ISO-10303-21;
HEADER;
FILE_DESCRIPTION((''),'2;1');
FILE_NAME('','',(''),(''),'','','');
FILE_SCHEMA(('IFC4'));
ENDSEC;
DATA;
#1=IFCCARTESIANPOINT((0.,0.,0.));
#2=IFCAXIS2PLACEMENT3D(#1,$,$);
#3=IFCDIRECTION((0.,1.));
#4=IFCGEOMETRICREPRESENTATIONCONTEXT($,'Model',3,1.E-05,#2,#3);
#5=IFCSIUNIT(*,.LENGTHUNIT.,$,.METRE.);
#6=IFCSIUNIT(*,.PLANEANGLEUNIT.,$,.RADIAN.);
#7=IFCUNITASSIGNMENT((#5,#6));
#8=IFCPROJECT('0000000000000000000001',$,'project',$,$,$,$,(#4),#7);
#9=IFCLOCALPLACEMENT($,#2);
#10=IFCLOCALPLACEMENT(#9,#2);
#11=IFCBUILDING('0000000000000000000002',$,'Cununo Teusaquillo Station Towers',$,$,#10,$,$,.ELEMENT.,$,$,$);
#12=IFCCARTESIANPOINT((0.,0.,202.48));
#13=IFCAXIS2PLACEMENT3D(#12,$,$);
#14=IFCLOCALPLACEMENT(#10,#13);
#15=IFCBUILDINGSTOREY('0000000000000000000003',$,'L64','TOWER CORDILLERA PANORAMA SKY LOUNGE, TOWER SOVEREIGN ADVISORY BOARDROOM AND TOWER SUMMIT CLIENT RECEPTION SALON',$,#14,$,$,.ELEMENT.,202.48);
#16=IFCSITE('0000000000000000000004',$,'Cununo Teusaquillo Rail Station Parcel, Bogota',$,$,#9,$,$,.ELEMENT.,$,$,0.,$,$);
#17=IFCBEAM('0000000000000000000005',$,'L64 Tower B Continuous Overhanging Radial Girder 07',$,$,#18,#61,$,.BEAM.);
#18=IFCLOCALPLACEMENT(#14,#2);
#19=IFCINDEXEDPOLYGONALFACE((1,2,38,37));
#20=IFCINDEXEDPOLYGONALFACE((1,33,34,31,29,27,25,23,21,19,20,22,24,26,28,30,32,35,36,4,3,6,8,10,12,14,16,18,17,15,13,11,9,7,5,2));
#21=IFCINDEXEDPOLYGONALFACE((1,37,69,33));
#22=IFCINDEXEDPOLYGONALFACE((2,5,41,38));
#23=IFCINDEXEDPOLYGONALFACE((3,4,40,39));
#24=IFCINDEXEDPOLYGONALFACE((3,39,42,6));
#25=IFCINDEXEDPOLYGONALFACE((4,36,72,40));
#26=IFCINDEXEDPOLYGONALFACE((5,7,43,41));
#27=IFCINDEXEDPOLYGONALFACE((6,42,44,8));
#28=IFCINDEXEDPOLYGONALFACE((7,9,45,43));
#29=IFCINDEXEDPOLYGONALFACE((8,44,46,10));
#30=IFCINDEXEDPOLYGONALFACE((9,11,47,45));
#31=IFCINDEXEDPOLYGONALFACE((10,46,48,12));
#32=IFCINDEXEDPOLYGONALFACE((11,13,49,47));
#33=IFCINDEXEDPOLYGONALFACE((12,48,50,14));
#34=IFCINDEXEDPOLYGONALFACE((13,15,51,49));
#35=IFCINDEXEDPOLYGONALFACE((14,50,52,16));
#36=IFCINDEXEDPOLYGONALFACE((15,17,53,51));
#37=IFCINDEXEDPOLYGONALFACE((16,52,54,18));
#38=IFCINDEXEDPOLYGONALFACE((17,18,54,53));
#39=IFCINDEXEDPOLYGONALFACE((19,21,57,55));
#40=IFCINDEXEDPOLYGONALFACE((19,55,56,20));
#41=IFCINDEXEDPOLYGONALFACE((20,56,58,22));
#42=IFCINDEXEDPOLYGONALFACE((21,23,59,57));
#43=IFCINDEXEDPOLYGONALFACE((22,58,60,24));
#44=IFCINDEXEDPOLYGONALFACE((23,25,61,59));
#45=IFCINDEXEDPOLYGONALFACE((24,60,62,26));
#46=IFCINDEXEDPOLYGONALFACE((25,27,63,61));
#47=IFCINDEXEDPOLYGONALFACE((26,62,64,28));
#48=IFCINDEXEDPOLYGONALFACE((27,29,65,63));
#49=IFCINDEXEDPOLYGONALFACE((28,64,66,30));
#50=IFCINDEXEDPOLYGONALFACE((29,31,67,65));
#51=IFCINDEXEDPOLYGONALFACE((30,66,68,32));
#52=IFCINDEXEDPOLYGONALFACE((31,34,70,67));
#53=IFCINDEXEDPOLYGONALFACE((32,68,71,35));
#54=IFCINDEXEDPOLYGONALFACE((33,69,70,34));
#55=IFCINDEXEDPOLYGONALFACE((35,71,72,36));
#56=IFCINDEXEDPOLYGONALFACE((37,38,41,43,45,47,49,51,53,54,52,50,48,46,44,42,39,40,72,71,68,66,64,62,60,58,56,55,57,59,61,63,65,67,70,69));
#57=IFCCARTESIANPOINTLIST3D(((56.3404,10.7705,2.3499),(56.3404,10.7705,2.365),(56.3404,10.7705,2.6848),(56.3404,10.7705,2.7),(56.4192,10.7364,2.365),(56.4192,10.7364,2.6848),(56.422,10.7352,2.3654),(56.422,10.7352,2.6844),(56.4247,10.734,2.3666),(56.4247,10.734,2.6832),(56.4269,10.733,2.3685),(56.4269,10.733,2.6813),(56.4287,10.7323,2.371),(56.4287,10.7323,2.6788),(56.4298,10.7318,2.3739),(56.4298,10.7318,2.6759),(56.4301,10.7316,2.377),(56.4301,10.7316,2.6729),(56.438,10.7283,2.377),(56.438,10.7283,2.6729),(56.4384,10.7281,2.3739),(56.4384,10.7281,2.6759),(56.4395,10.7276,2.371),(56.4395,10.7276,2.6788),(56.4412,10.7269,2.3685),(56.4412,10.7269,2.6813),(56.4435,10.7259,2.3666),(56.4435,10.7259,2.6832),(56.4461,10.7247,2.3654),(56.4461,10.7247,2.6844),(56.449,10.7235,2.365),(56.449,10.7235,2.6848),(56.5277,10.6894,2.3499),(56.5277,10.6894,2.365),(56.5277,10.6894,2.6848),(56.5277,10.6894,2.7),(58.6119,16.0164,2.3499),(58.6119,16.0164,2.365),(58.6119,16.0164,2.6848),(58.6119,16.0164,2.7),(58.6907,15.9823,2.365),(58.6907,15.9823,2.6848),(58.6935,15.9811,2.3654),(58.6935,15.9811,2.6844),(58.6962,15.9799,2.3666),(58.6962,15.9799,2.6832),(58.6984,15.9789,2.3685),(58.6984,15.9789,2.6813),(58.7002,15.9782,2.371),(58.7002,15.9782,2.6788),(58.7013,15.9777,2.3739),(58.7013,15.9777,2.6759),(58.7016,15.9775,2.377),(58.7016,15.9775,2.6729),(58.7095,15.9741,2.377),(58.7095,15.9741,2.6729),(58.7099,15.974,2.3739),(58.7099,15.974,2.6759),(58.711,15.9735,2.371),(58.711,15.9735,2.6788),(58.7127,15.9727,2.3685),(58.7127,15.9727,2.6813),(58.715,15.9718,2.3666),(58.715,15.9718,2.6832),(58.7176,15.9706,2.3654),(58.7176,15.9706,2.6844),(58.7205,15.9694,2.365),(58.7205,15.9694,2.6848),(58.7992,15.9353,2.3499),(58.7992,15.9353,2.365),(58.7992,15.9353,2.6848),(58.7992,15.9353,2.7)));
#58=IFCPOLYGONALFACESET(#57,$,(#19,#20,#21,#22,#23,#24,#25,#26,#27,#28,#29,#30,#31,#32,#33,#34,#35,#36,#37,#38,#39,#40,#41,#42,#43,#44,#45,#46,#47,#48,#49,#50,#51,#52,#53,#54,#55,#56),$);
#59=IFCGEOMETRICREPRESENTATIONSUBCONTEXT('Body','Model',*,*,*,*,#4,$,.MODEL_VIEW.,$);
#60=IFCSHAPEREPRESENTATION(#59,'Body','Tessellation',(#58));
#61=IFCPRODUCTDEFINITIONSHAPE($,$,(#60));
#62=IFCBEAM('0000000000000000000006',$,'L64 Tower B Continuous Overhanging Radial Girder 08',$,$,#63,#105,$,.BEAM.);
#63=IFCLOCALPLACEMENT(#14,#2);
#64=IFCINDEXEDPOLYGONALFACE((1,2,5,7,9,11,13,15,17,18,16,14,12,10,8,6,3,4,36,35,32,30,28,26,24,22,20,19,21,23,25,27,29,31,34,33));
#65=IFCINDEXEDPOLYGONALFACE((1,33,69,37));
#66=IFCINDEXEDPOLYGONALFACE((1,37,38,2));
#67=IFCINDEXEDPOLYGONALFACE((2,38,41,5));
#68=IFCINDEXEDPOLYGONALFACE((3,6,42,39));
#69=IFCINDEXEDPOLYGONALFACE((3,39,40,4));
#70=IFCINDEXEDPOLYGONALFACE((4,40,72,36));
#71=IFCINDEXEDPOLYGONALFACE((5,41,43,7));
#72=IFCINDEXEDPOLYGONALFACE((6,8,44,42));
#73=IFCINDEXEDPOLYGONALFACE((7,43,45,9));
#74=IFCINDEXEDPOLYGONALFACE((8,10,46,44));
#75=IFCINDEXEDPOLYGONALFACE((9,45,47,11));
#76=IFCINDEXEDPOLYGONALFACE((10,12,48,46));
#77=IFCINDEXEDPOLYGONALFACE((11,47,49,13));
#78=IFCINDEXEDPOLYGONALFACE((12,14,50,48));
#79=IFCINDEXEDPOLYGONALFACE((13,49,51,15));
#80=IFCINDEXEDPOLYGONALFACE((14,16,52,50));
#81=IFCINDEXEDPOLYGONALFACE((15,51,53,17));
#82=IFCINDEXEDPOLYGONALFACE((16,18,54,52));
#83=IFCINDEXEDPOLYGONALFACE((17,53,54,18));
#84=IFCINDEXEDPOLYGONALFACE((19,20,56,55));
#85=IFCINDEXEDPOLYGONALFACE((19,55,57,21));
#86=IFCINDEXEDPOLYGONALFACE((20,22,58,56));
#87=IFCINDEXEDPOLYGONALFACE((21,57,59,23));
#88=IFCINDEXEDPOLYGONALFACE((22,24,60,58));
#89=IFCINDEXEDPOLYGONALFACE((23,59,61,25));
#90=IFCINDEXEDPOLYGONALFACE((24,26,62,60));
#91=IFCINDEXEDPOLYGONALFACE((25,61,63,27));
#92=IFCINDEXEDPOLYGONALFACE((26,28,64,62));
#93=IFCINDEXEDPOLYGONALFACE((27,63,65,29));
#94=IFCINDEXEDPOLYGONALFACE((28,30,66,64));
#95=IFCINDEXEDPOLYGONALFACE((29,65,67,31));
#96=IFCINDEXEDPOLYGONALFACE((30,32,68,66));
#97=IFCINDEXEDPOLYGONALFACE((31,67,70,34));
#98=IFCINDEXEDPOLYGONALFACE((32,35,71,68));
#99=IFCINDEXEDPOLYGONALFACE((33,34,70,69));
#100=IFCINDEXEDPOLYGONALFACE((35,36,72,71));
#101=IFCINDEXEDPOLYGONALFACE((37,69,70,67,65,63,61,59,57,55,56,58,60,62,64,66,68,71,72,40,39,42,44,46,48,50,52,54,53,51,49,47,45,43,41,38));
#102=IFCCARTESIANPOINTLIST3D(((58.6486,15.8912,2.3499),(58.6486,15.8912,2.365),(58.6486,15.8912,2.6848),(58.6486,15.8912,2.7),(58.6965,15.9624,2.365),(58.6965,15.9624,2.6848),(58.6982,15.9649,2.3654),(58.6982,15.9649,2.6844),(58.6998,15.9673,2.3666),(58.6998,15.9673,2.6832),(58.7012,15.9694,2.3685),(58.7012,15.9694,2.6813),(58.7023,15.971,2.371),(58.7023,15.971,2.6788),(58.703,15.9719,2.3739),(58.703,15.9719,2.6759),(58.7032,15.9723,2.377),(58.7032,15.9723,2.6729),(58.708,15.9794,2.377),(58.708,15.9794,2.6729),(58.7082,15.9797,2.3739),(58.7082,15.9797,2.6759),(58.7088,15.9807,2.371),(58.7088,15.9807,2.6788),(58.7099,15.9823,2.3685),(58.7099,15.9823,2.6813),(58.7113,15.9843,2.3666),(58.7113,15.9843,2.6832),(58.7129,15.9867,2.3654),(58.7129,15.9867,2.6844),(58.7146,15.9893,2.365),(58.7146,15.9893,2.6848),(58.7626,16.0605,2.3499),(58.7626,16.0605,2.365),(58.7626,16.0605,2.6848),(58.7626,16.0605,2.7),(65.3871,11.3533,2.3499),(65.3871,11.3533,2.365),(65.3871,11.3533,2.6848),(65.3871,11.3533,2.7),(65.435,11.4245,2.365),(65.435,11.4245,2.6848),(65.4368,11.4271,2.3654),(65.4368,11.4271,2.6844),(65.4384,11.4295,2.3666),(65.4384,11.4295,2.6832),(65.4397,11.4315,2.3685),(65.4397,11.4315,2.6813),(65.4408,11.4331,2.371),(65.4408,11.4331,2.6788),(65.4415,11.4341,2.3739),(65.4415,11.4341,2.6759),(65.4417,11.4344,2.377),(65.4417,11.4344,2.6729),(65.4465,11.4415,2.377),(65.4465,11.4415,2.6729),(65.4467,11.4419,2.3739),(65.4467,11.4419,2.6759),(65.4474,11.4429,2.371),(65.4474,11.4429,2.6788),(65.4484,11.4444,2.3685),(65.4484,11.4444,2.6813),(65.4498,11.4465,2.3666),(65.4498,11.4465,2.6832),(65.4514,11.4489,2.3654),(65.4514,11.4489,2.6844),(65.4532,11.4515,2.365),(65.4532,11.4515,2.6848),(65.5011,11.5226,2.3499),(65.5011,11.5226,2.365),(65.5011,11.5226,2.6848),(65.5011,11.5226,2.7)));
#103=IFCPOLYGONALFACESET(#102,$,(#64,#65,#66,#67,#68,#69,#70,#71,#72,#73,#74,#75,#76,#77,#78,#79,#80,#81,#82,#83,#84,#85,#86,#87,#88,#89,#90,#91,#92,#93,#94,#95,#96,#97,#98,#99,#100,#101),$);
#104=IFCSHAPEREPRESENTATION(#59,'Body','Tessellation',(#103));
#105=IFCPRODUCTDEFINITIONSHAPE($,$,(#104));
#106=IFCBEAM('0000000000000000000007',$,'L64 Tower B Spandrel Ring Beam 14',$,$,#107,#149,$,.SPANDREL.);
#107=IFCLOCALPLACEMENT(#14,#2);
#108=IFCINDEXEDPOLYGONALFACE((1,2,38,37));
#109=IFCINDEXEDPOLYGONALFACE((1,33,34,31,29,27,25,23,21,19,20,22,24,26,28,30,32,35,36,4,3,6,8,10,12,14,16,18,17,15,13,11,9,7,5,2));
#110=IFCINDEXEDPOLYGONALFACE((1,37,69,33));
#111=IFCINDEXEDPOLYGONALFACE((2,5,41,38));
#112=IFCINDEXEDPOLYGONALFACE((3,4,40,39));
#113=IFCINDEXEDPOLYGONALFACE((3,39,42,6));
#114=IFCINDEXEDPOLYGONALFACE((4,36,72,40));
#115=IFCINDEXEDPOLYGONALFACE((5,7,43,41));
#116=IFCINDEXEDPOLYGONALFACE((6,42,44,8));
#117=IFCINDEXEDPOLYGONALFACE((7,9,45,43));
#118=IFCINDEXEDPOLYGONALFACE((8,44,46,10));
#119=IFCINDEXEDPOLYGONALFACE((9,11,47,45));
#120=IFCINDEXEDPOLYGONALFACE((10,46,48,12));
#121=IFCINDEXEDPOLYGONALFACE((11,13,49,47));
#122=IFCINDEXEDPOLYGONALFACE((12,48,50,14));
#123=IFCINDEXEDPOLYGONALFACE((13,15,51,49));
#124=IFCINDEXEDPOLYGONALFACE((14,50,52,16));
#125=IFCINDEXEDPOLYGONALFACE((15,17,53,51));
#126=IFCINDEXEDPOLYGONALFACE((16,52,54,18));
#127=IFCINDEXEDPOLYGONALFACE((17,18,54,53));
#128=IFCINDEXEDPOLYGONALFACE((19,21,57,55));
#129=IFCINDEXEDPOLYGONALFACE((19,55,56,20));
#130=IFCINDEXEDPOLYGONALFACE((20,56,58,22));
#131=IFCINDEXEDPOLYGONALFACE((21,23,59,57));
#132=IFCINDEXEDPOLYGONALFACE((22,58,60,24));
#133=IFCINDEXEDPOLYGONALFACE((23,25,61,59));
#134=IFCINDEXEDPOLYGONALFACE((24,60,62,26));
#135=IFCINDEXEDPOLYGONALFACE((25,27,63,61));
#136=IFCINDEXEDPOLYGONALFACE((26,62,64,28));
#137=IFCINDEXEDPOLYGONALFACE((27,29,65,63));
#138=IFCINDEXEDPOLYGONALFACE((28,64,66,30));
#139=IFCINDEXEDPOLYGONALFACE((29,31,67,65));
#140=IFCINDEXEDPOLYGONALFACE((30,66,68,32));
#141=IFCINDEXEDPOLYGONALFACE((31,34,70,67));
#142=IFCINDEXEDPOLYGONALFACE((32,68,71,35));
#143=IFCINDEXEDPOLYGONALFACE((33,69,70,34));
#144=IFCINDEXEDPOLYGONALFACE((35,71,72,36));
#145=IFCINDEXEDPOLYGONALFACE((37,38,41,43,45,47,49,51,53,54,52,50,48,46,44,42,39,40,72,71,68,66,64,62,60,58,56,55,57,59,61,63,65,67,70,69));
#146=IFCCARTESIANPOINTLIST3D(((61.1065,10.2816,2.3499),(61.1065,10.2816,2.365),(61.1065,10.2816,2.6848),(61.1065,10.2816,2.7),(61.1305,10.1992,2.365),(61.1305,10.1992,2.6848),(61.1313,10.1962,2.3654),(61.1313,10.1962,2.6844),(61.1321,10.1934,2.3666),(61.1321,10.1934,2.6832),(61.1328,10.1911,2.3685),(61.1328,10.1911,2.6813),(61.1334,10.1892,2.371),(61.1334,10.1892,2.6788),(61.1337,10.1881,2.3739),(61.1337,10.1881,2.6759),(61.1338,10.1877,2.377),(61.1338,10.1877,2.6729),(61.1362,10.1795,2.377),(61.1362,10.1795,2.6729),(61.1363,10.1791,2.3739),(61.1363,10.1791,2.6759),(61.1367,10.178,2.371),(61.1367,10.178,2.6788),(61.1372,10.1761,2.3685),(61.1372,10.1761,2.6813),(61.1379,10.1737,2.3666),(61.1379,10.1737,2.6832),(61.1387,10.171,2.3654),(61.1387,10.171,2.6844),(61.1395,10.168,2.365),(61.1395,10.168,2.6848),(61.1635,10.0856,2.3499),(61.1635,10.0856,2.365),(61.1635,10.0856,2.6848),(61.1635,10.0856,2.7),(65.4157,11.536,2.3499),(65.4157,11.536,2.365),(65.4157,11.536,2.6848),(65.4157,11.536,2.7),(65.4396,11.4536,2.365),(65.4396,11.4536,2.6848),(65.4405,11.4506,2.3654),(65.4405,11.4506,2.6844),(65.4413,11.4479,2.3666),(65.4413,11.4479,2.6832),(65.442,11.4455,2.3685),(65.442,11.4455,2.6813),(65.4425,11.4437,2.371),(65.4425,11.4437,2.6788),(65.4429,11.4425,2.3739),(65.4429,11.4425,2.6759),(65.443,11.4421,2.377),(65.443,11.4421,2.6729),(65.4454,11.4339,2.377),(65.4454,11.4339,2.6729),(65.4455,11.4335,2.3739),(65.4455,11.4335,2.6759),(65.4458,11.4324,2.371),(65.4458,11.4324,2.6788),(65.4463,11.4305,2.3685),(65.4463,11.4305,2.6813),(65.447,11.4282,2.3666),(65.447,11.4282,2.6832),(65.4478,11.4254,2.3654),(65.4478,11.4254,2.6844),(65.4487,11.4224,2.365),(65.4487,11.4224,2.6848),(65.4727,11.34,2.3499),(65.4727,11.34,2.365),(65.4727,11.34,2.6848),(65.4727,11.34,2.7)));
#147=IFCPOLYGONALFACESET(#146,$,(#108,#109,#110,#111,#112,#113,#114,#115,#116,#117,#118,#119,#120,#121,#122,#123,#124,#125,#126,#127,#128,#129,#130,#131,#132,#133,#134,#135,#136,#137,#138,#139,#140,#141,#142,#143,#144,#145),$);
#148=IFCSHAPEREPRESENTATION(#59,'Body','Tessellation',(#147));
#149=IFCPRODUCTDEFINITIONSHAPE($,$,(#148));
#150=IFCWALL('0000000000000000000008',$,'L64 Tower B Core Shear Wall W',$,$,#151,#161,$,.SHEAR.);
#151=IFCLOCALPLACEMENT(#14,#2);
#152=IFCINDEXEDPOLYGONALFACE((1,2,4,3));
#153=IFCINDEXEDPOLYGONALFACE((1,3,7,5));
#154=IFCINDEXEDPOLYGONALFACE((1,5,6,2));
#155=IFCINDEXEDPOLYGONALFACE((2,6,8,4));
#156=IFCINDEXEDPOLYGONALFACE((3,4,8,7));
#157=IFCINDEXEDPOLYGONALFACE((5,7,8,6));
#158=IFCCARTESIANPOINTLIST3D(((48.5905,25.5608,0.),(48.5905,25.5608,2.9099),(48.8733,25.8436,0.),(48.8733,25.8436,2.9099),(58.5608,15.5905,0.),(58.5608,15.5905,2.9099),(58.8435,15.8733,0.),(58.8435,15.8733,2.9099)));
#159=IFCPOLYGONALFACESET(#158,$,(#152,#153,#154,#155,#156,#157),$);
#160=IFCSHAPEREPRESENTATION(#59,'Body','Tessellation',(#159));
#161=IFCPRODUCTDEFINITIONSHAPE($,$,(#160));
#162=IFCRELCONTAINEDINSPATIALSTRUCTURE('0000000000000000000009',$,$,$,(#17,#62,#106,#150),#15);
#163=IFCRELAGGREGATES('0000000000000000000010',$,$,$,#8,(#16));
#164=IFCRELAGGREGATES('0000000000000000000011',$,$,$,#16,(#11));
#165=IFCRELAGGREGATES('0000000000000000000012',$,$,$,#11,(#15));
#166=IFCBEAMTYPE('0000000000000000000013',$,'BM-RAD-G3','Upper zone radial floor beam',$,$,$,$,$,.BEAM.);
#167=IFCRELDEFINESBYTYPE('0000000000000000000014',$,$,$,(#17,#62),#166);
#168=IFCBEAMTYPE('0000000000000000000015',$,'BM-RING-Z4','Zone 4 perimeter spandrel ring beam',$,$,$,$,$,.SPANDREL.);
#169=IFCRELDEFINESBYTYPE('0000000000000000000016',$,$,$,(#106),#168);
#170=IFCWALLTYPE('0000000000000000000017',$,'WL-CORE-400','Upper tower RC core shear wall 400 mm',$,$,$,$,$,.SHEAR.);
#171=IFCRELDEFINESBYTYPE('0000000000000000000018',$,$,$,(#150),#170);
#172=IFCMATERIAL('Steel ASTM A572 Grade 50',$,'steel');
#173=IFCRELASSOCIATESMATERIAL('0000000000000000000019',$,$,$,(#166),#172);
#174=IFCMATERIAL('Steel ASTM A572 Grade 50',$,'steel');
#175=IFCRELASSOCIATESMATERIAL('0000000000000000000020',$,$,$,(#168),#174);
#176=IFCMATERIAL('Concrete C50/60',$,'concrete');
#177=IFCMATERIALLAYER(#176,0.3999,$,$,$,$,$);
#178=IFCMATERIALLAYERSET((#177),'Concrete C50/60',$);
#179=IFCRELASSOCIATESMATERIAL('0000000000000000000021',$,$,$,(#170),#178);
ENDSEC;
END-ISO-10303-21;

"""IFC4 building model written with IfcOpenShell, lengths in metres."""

from ifc_helpers import new_model, si_unit, direction, frame, frame_2d, origin, origin_2d, place, context, subcontext, project, spatial, rectangle, i_section, extrude, material, layer, layer_set, material_profile, profile_set, type_object, element, save


model = new_model("IFC4")

# Units and contexts
model_context = context("Model", 3, precision=1e-05, world=origin(), true_north=direction((0.0, 1.0)))
body_context = subcontext(model_context, "Body", "Model", "MODEL_VIEW")
ifc_project = project(units=[si_unit("LENGTHUNIT", "METRE"), si_unit("PLANEANGLEUNIT", "RADIAN")], contexts=[model_context])

# Site, building, storey
site_placement = place(None, origin())
site = spatial("IfcSite", under=ifc_project, at=site_placement, Name="Cununo Teusaquillo Rail Station Parcel, Bogota", CompositionType="ELEMENT", RefElevation=0.0)
building_placement = place(site_placement, origin())
building = spatial("IfcBuilding", under=site, at=building_placement, Name="Cununo Teusaquillo Station Towers", CompositionType="ELEMENT")
storey_placement = place(building_placement, frame((0.0, 0.0, 202.48)))
storey = spatial("IfcBuildingStorey", under=building, at=storey_placement, Name="L64", Description="TOWER CORDILLERA PANORAMA SKY LOUNGE, TOWER SOVEREIGN ADVISORY BOARDROOM AND TOWER SUMMIT CLIENT RECEPTION SALON", CompositionType="ELEMENT", Elevation=202.48)

# Beams
ifc_material_1 = material(Name="Steel ASTM A572 Grade 50", Category="steel")
ifc_material_profile_1 = material_profile(ifc_material_1, i_section(OverallWidth=0.2041, OverallDepth=0.3501, WebThickness=0.0085, FlangeThickness=0.0151, FilletRadius=0.012, at=origin_2d()), Name="W14X48")
ifc_profile_set_1 = profile_set([ifc_material_profile_1], Name="Steel ASTM A572 Grade 50")
beam_type_1 = type_object("IfcBeamType", Name="BM-RAD-G3", Description="Upper zone radial floor beam", PredefinedType="BEAM", material=ifc_profile_set_1)
beam_1_placement = place(storey_placement, frame((58.7056, 15.9758, 2.5249), z_axis=(-0.397355, -0.917665, 0.0), x_axis=(0.917665, -0.397355, 0.0)))
element("IfcBeam", 1, at=beam_1_placement, inside=storey, type_object=beam_type_1, Name="L64 Tower B Continuous Overhanging Radial Girder 07", PredefinedType="BEAM", context=body_context, shape_type="SweptSolid", body=[
    extrude(i_section(OverallWidth=0.2041, OverallDepth=0.3501, WebThickness=0.0085, FlangeThickness=0.0151, FilletRadius=0.012, at=origin_2d()), origin(), (0.0, 0.0, 1.0), 5.7166),
])
beam_2_placement = place(storey_placement, frame((58.7056, 15.9758, 2.5249), z_axis=(0.829457, -0.558571, 0.0), x_axis=(0.558571, 0.829457, 0.0)))
element("IfcBeam", 2, at=beam_2_placement, inside=storey, type_object=beam_type_1, Name="L64 Tower B Continuous Overhanging Radial Girder 08", PredefinedType="BEAM", context=body_context, shape_type="SweptSolid", body=[
    extrude(i_section(OverallWidth=0.2041, OverallDepth=0.3501, WebThickness=0.0085, FlangeThickness=0.0151, FilletRadius=0.012, at=origin_2d()), origin(), (0.0, 0.0, 1.0), 8.124),
])
ifc_material_2 = material(Name="Steel ASTM A572 Grade 50", Category="steel")
ifc_material_profile_2 = material_profile(ifc_material_2, i_section(OverallWidth=0.2041, OverallDepth=0.3501, WebThickness=0.0085, FlangeThickness=0.0151, FilletRadius=0.012, at=origin_2d()), Name="W14X48")
ifc_profile_set_2 = profile_set([ifc_material_profile_2], Name="Steel ASTM A572 Grade 50")
beam_type_2 = type_object("IfcBeamType", Name="BM-RING-Z4", Description="Zone 4 perimeter spandrel ring beam", PredefinedType="SPANDREL", material=ifc_profile_set_2)
beam_3_placement = place(storey_placement, frame((61.135, 10.1836, 2.5249), z_axis=(0.960145, 0.279503, 0.0), x_axis=(-0.279503, 0.960145, 0.0)))
element("IfcBeam", 3, at=beam_3_placement, inside=storey, type_object=beam_type_2, Name="L64 Tower B Spandrel Ring Beam 14", PredefinedType="SPANDREL", context=body_context, shape_type="SweptSolid", body=[
    extrude(i_section(OverallWidth=0.2041, OverallDepth=0.3501, WebThickness=0.0085, FlangeThickness=0.0151, FilletRadius=0.012, at=origin_2d()), origin(), (0.0, 0.0, 1.0), 4.488),
])

# Wall
ifc_material_3 = material(Name="Concrete C50/60", Category="concrete")
ifc_layer_1 = layer(ifc_material_3, 0.3999)
ifc_layer_set_1 = layer_set([ifc_layer_1], Name="Concrete C50/60")
wall_type_1 = type_object("IfcWallType", Name="WL-CORE-400", Description="Upper tower RC core shear wall 400 mm", PredefinedType="SHEAR", material=ifc_layer_set_1)
wall_1_placement = place(storey_placement, frame((58.7021, 15.7319, 0.0), z_axis=(0.0, 0.0, 1.0), x_axis=(-0.707107, 0.707107, 0.0)))
element("IfcWall", 4, at=wall_1_placement, inside=storey, type_object=wall_type_1, Name="L64 Tower B Core Shear Wall W", PredefinedType="SHEAR", context=body_context, shape_type="SweptSolid", body=[
    extrude(rectangle(XDim=14.1001, YDim=0.3999, at=frame_2d((7.05, 0.0))), origin(), (0.0, 0.0, 1.0), 2.9099),
])

save(model, "model.ifc")
